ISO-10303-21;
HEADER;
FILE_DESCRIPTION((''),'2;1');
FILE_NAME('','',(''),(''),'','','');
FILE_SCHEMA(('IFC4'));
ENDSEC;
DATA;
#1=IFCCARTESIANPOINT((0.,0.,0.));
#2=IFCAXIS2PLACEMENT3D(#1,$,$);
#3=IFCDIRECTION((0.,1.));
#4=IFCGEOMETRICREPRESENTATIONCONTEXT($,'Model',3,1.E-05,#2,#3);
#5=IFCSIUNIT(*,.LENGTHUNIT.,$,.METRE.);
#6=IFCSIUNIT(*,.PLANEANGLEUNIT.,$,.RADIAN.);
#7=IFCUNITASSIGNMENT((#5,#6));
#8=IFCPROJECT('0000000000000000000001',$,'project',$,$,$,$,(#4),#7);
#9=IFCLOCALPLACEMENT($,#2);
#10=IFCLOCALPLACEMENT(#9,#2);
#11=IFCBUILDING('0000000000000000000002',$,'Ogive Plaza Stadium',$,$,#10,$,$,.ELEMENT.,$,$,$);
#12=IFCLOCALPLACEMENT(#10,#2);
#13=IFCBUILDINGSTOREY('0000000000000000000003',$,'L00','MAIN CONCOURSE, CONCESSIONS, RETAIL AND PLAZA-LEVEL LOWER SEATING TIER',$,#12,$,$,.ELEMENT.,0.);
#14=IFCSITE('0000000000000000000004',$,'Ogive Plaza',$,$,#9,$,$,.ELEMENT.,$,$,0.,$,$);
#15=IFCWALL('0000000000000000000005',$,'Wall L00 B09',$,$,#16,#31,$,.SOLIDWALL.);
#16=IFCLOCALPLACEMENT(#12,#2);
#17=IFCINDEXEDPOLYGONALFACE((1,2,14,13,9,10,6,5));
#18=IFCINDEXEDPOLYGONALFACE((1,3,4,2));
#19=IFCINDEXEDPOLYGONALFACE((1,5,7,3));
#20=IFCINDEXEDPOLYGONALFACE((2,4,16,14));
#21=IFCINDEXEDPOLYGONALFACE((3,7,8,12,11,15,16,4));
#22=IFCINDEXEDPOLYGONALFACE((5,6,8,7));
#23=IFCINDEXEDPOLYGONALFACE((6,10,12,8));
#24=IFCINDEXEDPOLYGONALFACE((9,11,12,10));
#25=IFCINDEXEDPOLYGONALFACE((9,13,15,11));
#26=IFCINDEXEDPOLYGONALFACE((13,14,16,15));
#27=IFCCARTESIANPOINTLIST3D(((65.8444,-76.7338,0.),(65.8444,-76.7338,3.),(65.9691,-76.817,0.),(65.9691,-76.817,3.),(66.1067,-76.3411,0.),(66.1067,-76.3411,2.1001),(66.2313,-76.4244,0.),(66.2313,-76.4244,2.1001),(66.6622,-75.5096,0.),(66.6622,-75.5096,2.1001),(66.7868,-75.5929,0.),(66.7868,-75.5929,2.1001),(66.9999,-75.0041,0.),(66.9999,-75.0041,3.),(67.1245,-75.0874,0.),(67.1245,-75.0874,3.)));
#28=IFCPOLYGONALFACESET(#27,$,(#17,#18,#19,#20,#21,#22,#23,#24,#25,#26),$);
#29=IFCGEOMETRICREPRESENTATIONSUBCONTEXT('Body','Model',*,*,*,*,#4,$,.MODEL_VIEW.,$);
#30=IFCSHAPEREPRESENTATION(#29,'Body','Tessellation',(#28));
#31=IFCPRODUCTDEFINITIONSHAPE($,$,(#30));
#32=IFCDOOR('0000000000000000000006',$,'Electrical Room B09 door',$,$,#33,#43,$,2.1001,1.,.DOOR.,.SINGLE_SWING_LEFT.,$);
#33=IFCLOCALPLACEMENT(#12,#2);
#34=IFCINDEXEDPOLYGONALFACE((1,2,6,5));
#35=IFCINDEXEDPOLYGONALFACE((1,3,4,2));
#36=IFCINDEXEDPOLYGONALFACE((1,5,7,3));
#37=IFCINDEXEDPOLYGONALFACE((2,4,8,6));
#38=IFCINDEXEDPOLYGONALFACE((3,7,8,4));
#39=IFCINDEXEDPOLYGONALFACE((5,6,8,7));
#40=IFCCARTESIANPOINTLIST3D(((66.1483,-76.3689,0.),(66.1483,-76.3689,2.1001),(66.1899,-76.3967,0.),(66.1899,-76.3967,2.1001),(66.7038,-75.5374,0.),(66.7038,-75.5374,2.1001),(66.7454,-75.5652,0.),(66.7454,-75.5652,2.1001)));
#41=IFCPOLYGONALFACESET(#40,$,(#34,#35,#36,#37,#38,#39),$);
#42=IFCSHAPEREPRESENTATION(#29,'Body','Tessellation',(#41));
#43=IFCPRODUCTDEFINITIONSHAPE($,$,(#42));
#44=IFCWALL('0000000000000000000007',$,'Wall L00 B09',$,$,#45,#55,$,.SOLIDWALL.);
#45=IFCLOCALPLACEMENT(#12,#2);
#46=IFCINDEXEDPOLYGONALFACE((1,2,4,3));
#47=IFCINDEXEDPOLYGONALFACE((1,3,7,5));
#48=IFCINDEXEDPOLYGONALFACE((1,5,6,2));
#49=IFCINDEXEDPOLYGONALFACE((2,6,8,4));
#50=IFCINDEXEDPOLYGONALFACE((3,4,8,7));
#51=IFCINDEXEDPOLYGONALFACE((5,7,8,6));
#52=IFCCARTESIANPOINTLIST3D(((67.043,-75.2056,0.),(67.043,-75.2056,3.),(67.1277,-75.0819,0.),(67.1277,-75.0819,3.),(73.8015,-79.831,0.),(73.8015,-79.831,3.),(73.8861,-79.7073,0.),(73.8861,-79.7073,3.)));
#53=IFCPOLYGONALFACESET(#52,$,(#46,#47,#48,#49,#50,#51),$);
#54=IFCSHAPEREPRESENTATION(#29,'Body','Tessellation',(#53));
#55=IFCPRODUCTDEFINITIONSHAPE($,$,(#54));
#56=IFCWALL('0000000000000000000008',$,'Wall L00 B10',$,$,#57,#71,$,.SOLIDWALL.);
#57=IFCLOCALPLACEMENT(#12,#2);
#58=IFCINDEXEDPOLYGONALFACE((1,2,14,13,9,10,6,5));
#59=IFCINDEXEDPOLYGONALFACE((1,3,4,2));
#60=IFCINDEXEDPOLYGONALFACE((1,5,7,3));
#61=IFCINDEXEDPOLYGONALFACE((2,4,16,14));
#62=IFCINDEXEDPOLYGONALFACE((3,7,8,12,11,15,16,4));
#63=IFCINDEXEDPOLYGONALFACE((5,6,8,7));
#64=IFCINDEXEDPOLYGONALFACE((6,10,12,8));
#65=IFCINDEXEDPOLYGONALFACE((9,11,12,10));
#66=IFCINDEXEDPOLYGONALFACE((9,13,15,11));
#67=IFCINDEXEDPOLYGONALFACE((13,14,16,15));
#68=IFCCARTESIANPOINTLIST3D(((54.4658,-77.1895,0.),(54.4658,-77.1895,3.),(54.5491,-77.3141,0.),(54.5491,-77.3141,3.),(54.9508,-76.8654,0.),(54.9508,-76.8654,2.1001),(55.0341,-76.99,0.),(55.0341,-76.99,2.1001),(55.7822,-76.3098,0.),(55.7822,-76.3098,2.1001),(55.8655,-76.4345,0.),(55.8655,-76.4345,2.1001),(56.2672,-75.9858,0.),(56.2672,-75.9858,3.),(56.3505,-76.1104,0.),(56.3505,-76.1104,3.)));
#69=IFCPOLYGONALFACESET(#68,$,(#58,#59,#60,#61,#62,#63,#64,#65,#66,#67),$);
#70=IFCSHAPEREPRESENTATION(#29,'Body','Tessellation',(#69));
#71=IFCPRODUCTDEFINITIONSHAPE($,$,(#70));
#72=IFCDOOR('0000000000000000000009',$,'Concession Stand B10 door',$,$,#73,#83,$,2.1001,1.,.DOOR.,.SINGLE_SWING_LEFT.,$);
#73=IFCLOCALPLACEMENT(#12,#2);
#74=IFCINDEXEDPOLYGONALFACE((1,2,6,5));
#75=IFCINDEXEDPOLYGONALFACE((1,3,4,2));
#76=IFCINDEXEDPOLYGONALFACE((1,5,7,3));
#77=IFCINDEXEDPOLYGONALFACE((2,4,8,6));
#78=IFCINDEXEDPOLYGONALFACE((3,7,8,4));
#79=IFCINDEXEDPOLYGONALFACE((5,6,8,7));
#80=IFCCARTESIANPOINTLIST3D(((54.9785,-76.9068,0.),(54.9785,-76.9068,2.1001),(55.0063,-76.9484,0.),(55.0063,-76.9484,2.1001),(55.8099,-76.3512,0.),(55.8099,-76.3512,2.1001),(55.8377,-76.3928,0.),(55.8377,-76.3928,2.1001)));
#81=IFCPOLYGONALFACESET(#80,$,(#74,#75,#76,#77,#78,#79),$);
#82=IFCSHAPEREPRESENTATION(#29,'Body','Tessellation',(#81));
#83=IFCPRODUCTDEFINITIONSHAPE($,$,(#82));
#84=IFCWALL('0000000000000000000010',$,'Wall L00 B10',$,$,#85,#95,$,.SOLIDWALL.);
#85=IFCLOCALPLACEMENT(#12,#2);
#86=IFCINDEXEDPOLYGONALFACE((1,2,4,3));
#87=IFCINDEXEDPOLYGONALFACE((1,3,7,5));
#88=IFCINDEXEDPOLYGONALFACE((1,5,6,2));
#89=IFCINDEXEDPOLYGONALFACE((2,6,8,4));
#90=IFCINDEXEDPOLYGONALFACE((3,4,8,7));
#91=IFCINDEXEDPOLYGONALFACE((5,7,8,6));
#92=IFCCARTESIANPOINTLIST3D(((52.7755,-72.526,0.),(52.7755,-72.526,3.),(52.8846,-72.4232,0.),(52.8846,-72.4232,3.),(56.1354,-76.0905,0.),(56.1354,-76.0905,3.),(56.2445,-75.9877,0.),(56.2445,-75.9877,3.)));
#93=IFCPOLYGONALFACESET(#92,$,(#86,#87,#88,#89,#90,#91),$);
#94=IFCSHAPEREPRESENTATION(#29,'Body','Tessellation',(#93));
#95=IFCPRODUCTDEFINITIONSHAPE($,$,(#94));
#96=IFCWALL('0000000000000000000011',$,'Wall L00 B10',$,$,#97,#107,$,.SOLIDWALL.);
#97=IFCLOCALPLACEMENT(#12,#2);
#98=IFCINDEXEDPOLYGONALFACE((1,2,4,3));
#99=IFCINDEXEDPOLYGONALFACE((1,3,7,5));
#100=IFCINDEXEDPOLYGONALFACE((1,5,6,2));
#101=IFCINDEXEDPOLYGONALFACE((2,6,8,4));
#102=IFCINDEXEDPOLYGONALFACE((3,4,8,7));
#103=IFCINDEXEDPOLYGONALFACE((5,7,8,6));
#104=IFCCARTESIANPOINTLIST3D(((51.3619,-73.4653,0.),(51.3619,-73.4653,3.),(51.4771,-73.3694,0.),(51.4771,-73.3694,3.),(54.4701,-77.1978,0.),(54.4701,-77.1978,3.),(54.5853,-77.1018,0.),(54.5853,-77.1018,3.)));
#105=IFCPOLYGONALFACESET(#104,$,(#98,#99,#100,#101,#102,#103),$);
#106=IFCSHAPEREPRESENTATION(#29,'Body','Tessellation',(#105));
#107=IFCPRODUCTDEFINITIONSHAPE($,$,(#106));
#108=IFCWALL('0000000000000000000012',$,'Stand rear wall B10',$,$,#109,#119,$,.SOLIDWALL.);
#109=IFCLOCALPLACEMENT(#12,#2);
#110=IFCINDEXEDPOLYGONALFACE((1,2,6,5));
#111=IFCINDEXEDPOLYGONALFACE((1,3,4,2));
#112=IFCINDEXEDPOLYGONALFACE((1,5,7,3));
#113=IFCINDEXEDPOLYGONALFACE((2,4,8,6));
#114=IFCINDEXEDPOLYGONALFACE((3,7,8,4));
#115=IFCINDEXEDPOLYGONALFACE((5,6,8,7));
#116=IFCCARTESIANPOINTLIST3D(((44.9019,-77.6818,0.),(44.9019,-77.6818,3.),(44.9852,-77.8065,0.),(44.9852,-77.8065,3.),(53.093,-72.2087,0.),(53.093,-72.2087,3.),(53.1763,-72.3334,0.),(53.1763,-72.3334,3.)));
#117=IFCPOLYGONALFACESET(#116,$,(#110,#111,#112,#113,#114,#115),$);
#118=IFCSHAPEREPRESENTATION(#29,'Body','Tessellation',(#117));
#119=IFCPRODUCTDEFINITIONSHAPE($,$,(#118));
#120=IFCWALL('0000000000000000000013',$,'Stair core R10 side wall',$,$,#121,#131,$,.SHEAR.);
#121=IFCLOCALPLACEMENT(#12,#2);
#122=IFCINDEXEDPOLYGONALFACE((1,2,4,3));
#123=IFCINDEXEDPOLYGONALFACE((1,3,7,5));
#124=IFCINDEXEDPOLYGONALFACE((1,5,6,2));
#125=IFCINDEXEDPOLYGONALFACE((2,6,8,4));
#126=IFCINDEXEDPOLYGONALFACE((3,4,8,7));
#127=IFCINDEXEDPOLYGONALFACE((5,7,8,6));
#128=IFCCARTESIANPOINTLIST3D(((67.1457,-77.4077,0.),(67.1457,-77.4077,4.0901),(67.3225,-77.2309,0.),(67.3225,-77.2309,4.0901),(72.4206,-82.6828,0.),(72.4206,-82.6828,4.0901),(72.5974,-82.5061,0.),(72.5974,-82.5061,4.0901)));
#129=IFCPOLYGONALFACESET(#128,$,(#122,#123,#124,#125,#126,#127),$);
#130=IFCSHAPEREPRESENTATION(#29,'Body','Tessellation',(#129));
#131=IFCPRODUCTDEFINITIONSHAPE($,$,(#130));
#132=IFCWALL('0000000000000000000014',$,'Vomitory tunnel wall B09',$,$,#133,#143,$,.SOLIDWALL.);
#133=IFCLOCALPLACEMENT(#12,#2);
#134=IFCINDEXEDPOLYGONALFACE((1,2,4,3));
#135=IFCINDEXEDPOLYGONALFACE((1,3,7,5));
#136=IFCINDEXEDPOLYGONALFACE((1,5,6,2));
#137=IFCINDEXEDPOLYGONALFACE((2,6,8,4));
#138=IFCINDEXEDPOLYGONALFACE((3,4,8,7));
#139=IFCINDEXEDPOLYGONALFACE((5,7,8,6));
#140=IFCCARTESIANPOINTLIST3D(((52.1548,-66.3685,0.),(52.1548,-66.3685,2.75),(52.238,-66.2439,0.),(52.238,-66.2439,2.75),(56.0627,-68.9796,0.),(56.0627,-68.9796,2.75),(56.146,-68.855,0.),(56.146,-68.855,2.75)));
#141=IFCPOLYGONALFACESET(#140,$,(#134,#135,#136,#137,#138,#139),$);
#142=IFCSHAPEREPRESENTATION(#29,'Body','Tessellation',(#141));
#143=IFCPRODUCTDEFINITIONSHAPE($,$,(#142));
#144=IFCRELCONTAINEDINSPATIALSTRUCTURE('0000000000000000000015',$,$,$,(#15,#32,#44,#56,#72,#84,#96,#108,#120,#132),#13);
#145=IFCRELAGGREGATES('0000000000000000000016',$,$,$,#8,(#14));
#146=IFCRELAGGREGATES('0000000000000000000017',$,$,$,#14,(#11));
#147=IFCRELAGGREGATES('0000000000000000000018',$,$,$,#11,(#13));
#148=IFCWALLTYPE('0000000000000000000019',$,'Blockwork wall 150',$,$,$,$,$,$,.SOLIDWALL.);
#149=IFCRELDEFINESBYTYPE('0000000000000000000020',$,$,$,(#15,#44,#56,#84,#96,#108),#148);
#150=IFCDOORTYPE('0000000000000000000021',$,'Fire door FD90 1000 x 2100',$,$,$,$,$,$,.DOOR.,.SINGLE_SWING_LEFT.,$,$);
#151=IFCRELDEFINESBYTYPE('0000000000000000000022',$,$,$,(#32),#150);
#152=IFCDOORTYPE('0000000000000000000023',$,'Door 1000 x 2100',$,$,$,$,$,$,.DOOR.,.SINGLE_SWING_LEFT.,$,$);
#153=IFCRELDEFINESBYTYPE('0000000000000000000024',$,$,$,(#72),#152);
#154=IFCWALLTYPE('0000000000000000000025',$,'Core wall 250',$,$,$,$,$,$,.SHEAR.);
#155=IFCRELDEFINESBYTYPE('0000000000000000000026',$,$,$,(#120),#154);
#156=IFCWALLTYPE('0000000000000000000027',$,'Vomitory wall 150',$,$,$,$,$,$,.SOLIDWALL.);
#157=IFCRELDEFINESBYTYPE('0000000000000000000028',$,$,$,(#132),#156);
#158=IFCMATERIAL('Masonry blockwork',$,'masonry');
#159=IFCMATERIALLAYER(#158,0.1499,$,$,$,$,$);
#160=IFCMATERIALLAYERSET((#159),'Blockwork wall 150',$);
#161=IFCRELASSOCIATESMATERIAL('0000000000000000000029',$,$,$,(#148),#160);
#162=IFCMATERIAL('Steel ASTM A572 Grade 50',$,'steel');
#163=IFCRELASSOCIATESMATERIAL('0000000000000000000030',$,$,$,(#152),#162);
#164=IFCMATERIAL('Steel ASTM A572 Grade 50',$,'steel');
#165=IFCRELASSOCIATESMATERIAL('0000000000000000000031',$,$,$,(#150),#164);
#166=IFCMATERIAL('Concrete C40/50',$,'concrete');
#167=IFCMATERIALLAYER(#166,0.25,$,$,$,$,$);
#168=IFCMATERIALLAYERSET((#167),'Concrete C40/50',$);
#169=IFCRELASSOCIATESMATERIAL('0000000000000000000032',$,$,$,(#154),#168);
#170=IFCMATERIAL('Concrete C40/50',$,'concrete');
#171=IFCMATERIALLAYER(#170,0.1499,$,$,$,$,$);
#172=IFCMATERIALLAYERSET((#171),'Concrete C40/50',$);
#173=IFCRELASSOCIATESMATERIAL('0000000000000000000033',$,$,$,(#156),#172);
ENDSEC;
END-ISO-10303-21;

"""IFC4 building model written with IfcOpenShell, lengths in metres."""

from ifc_helpers import new_model, si_unit, direction, frame, frame_2d, origin, place, context, subcontext, project, spatial, rectangle, extrude, material, layer, layer_set, type_object, element, fill, save


model = new_model("IFC4")

# Units and contexts
model_context = context("Model", 3, precision=1e-05, world=origin(), true_north=direction((0.0, 1.0)))
body_context = subcontext(model_context, "Body", "Model", "MODEL_VIEW")
ifc_project = project(units=[si_unit("LENGTHUNIT", "METRE"), si_unit("PLANEANGLEUNIT", "RADIAN")], contexts=[model_context])

# Site, building, storey
site_placement = place(None, origin())
site = spatial("IfcSite", under=ifc_project, at=site_placement, Name="Ogive Plaza", CompositionType="ELEMENT", RefElevation=0.0)
building_placement = place(site_placement, origin())
building = spatial("IfcBuilding", under=site, at=building_placement, Name="Ogive Plaza Stadium", CompositionType="ELEMENT")
storey_placement = place(building_placement, origin())
storey = spatial("IfcBuildingStorey", under=building, at=storey_placement, Name="L00", Description="MAIN CONCOURSE, CONCESSIONS, RETAIL AND PLAZA-LEVEL LOWER SEATING TIER", CompositionType="ELEMENT", Elevation=0.0)

# Shared definitions
ifc_material_1 = material(Name="Masonry blockwork", Category="masonry")
ifc_layer_1 = layer(ifc_material_1, 0.1499)
ifc_layer_set_1 = layer_set([ifc_layer_1], Name="Blockwork wall 150")
wall_type_1 = type_object("IfcWallType", Name="Blockwork wall 150", PredefinedType="SOLIDWALL", material=ifc_layer_set_1)
ifc_material_2 = material(Name="Steel ASTM A572 Grade 50", Category="steel")
door_type_1 = type_object("IfcDoorType", Name="Door 1000 x 2100", OperationType="SINGLE_SWING_LEFT", PredefinedType="DOOR", material=ifc_material_2)

# Wall, opening, door
wall_1_placement = place(storey_placement, frame((65.9067, -76.7754, 0.0), z_axis=(0.0, 0.0, 1.0), x_axis=(0.555485, 0.831526, 0.0)))
wall_1 = element("IfcWall", 1, at=wall_1_placement, inside=storey, type_object=wall_type_1, Name="Wall L00 B09", PredefinedType="SOLIDWALL", context=body_context, shape_type="SweptSolid", body=[
    extrude(rectangle(XDim=2.0801, YDim=0.1499, at=frame_2d((1.04, 0.0))), origin(), (0.0, 0.0, 1.0), 3.0),
])
opening_1_placement = place(wall_1_placement, frame((0.4722, 0.0, 0.0)))
opening_1 = element("IfcOpeningElement", 2, at=opening_1_placement, cuts=wall_1, PredefinedType="OPENING", context=body_context, shape_type="SweptSolid", body=[
    extrude(rectangle(XDim=1.0, YDim=2.1001, at=frame_2d((0.5, 1.05))), frame((0.0, 0.075, 0.0), z_axis=(0.0, -1.0, 0.0), x_axis=(1.0, 0.0, 0.0)), (0.0, 0.0, 1.0), 0.1499),
])
ifc_material_3 = material(Name="Steel ASTM A572 Grade 50", Category="steel")
door_type_2 = type_object("IfcDoorType", Name="Fire door FD90 1000 x 2100", OperationType="SINGLE_SWING_LEFT", PredefinedType="DOOR", material=ifc_material_3)
door_1_placement = place(opening_1_placement, origin())
door_1 = element("IfcDoor", 3, at=door_1_placement, inside=storey, type_object=door_type_2, Name="Electrical Room B09 door", OperationType="SINGLE_SWING_LEFT", OverallHeight=2.1001, OverallWidth=1.0, PredefinedType="DOOR", context=body_context, shape_type="SweptSolid", body=[
    extrude(rectangle(XDim=1.0, YDim=2.1001, at=frame_2d((0.5, 1.05))), frame((0.0, 0.0249, 0.0), z_axis=(0.0, -1.0, 0.0), x_axis=(1.0, 0.0, 0.0)), (0.0, 0.0, 1.0), 0.05),
])
fill(opening_1, door_1)

# Wall
wall_2_placement = place(storey_placement, frame((67.0854, -75.1438, 0.0), z_axis=(0.0, 0.0, 1.0), x_axis=(0.825238, -0.564785, 0.0)))
element("IfcWall", 4, at=wall_2_placement, inside=storey, type_object=wall_type_1, Name="Wall L00 B09", PredefinedType="SOLIDWALL", context=body_context, shape_type="SweptSolid", body=[
    extrude(rectangle(XDim=8.1897, YDim=0.1499, at=frame_2d((4.0947, 0.0))), origin(), (0.0, 0.0, 1.0), 3.0),
])

# Wall, opening, door
wall_3_placement = place(storey_placement, frame((56.3088, -76.0481, 0.0), z_axis=(0.0, 0.0, 1.0), x_axis=(-0.83146, -0.555584, 0.0)))
wall_3 = element("IfcWall", 5, at=wall_3_placement, inside=storey, type_object=wall_type_1, Name="Wall L00 B10", PredefinedType="SOLIDWALL", context=body_context, shape_type="SweptSolid", body=[
    extrude(rectangle(XDim=2.1665, YDim=0.1499, at=frame_2d((1.0833, 0.0))), origin(), (0.0, 0.0, 1.0), 3.0),
])
opening_2_placement = place(wall_3_placement, frame((0.5833, 0.0, 0.0)))
opening_2 = element("IfcOpeningElement", 6, at=opening_2_placement, cuts=wall_3, PredefinedType="OPENING", context=body_context, shape_type="SweptSolid", body=[
    extrude(rectangle(XDim=1.0, YDim=2.1001, at=frame_2d((0.5, 1.05))), frame((0.0, 0.075, 0.0), z_axis=(0.0, -1.0, 0.0), x_axis=(1.0, 0.0, 0.0)), (0.0, 0.0, 1.0), 0.1499),
])
door_2_placement = place(opening_2_placement, origin())
door_2 = element("IfcDoor", 7, at=door_2_placement, inside=storey, type_object=door_type_1, Name="Concession Stand B10 door", OperationType="SINGLE_SWING_LEFT", OverallHeight=2.1001, OverallWidth=1.0, PredefinedType="DOOR", context=body_context, shape_type="SweptSolid", body=[
    extrude(rectangle(XDim=1.0, YDim=2.1001, at=frame_2d((0.5, 1.05))), frame((0.0, 0.0249, 0.0), z_axis=(0.0, -1.0, 0.0), x_axis=(1.0, 0.0, 0.0)), (0.0, 0.0, 1.0), 0.05),
])
fill(opening_2, door_2)

# Walls
wall_4_placement = place(storey_placement, frame((52.8301, -72.4746, 0.0), z_axis=(0.0, 0.0, 1.0), x_axis=(0.685915, -0.727682, 0.0)))
element("IfcWall", 8, at=wall_4_placement, inside=storey, type_object=wall_type_1, Name="Wall L00 B10", PredefinedType="SOLIDWALL", context=body_context, shape_type="SweptSolid", body=[
    extrude(rectangle(XDim=4.8984, YDim=0.1499, at=frame_2d((2.4492, 0.0))), origin(), (0.0, 0.0, 1.0), 3.0),
])
wall_5_placement = place(storey_placement, frame((51.4194, -73.4172, 0.0), z_axis=(0.0, 0.0, 1.0), x_axis=(0.639917, -0.768444, 0.0)))
element("IfcWall", 9, at=wall_5_placement, inside=storey, type_object=wall_type_1, Name="Wall L00 B10", PredefinedType="SOLIDWALL", context=body_context, shape_type="SweptSolid", body=[
    extrude(rectangle(XDim=4.8572, YDim=0.1499, at=frame_2d((2.4287, 0.0))), origin(), (0.0, 0.0, 1.0), 3.0),
])
wall_6_placement = place(storey_placement, frame((53.1348, -72.271, 0.0), z_axis=(0.0, 0.0, 1.0), x_axis=(-0.83147, -0.555569, 0.0)))
element("IfcWall", 10, at=wall_6_placement, inside=storey, type_object=wall_type_1, Name="Stand rear wall B10", PredefinedType="SOLIDWALL", context=body_context, shape_type="SweptSolid", body=[
    extrude(rectangle(XDim=9.8513, YDim=0.1499, at=frame_2d((4.9258, 0.0))), origin(), (0.0, 0.0, 1.0), 3.0),
])
ifc_material_4 = material(Name="Concrete C40/50", Category="concrete")
ifc_layer_2 = layer(ifc_material_4, 0.25)
ifc_layer_set_2 = layer_set([ifc_layer_2], Name="Concrete C40/50")
wall_type_2 = type_object("IfcWallType", Name="Core wall 250", PredefinedType="SHEAR", material=ifc_layer_set_2)
wall_7_placement = place(storey_placement, frame((67.2341, -77.3193, 0.0), z_axis=(0.0, 0.0, 1.0), x_axis=(0.70709, -0.707123, 0.0)))
element("IfcWall", 11, at=wall_7_placement, inside=storey, type_object=wall_type_2, Name="Stair core R10 side wall", PredefinedType="SHEAR", context=body_context, shape_type="SweptSolid", body=[
    extrude(rectangle(XDim=7.46, YDim=0.25, at=frame_2d((3.73, 0.0))), origin(), (0.0, 0.0, 1.0), 4.0901),
])
ifc_material_5 = material(Name="Concrete C40/50", Category="concrete")
ifc_layer_3 = layer(ifc_material_5, 0.1499)
ifc_layer_set_3 = layer_set([ifc_layer_3], Name="Concrete C40/50")
wall_type_3 = type_object("IfcWallType", Name="Vomitory wall 150", PredefinedType="SOLIDWALL", material=ifc_layer_set_3)
wall_8_placement = place(storey_placement, frame((52.1963, -66.3062, 0.0), z_axis=(0.0, 0.0, 1.0), x_axis=(0.831482, -0.555551, 0.0)))
element("IfcWall", 12, at=wall_8_placement, inside=storey, type_object=wall_type_3, Name="Vomitory tunnel wall B09", PredefinedType="SOLIDWALL", context=body_context, shape_type="SweptSolid", body=[
    extrude(rectangle(XDim=4.7, YDim=0.1499, at=frame_2d((2.3501, 0.0))), origin(), (0.0, 0.0, 1.0), 2.75),
])

save(model, "model.ifc")
